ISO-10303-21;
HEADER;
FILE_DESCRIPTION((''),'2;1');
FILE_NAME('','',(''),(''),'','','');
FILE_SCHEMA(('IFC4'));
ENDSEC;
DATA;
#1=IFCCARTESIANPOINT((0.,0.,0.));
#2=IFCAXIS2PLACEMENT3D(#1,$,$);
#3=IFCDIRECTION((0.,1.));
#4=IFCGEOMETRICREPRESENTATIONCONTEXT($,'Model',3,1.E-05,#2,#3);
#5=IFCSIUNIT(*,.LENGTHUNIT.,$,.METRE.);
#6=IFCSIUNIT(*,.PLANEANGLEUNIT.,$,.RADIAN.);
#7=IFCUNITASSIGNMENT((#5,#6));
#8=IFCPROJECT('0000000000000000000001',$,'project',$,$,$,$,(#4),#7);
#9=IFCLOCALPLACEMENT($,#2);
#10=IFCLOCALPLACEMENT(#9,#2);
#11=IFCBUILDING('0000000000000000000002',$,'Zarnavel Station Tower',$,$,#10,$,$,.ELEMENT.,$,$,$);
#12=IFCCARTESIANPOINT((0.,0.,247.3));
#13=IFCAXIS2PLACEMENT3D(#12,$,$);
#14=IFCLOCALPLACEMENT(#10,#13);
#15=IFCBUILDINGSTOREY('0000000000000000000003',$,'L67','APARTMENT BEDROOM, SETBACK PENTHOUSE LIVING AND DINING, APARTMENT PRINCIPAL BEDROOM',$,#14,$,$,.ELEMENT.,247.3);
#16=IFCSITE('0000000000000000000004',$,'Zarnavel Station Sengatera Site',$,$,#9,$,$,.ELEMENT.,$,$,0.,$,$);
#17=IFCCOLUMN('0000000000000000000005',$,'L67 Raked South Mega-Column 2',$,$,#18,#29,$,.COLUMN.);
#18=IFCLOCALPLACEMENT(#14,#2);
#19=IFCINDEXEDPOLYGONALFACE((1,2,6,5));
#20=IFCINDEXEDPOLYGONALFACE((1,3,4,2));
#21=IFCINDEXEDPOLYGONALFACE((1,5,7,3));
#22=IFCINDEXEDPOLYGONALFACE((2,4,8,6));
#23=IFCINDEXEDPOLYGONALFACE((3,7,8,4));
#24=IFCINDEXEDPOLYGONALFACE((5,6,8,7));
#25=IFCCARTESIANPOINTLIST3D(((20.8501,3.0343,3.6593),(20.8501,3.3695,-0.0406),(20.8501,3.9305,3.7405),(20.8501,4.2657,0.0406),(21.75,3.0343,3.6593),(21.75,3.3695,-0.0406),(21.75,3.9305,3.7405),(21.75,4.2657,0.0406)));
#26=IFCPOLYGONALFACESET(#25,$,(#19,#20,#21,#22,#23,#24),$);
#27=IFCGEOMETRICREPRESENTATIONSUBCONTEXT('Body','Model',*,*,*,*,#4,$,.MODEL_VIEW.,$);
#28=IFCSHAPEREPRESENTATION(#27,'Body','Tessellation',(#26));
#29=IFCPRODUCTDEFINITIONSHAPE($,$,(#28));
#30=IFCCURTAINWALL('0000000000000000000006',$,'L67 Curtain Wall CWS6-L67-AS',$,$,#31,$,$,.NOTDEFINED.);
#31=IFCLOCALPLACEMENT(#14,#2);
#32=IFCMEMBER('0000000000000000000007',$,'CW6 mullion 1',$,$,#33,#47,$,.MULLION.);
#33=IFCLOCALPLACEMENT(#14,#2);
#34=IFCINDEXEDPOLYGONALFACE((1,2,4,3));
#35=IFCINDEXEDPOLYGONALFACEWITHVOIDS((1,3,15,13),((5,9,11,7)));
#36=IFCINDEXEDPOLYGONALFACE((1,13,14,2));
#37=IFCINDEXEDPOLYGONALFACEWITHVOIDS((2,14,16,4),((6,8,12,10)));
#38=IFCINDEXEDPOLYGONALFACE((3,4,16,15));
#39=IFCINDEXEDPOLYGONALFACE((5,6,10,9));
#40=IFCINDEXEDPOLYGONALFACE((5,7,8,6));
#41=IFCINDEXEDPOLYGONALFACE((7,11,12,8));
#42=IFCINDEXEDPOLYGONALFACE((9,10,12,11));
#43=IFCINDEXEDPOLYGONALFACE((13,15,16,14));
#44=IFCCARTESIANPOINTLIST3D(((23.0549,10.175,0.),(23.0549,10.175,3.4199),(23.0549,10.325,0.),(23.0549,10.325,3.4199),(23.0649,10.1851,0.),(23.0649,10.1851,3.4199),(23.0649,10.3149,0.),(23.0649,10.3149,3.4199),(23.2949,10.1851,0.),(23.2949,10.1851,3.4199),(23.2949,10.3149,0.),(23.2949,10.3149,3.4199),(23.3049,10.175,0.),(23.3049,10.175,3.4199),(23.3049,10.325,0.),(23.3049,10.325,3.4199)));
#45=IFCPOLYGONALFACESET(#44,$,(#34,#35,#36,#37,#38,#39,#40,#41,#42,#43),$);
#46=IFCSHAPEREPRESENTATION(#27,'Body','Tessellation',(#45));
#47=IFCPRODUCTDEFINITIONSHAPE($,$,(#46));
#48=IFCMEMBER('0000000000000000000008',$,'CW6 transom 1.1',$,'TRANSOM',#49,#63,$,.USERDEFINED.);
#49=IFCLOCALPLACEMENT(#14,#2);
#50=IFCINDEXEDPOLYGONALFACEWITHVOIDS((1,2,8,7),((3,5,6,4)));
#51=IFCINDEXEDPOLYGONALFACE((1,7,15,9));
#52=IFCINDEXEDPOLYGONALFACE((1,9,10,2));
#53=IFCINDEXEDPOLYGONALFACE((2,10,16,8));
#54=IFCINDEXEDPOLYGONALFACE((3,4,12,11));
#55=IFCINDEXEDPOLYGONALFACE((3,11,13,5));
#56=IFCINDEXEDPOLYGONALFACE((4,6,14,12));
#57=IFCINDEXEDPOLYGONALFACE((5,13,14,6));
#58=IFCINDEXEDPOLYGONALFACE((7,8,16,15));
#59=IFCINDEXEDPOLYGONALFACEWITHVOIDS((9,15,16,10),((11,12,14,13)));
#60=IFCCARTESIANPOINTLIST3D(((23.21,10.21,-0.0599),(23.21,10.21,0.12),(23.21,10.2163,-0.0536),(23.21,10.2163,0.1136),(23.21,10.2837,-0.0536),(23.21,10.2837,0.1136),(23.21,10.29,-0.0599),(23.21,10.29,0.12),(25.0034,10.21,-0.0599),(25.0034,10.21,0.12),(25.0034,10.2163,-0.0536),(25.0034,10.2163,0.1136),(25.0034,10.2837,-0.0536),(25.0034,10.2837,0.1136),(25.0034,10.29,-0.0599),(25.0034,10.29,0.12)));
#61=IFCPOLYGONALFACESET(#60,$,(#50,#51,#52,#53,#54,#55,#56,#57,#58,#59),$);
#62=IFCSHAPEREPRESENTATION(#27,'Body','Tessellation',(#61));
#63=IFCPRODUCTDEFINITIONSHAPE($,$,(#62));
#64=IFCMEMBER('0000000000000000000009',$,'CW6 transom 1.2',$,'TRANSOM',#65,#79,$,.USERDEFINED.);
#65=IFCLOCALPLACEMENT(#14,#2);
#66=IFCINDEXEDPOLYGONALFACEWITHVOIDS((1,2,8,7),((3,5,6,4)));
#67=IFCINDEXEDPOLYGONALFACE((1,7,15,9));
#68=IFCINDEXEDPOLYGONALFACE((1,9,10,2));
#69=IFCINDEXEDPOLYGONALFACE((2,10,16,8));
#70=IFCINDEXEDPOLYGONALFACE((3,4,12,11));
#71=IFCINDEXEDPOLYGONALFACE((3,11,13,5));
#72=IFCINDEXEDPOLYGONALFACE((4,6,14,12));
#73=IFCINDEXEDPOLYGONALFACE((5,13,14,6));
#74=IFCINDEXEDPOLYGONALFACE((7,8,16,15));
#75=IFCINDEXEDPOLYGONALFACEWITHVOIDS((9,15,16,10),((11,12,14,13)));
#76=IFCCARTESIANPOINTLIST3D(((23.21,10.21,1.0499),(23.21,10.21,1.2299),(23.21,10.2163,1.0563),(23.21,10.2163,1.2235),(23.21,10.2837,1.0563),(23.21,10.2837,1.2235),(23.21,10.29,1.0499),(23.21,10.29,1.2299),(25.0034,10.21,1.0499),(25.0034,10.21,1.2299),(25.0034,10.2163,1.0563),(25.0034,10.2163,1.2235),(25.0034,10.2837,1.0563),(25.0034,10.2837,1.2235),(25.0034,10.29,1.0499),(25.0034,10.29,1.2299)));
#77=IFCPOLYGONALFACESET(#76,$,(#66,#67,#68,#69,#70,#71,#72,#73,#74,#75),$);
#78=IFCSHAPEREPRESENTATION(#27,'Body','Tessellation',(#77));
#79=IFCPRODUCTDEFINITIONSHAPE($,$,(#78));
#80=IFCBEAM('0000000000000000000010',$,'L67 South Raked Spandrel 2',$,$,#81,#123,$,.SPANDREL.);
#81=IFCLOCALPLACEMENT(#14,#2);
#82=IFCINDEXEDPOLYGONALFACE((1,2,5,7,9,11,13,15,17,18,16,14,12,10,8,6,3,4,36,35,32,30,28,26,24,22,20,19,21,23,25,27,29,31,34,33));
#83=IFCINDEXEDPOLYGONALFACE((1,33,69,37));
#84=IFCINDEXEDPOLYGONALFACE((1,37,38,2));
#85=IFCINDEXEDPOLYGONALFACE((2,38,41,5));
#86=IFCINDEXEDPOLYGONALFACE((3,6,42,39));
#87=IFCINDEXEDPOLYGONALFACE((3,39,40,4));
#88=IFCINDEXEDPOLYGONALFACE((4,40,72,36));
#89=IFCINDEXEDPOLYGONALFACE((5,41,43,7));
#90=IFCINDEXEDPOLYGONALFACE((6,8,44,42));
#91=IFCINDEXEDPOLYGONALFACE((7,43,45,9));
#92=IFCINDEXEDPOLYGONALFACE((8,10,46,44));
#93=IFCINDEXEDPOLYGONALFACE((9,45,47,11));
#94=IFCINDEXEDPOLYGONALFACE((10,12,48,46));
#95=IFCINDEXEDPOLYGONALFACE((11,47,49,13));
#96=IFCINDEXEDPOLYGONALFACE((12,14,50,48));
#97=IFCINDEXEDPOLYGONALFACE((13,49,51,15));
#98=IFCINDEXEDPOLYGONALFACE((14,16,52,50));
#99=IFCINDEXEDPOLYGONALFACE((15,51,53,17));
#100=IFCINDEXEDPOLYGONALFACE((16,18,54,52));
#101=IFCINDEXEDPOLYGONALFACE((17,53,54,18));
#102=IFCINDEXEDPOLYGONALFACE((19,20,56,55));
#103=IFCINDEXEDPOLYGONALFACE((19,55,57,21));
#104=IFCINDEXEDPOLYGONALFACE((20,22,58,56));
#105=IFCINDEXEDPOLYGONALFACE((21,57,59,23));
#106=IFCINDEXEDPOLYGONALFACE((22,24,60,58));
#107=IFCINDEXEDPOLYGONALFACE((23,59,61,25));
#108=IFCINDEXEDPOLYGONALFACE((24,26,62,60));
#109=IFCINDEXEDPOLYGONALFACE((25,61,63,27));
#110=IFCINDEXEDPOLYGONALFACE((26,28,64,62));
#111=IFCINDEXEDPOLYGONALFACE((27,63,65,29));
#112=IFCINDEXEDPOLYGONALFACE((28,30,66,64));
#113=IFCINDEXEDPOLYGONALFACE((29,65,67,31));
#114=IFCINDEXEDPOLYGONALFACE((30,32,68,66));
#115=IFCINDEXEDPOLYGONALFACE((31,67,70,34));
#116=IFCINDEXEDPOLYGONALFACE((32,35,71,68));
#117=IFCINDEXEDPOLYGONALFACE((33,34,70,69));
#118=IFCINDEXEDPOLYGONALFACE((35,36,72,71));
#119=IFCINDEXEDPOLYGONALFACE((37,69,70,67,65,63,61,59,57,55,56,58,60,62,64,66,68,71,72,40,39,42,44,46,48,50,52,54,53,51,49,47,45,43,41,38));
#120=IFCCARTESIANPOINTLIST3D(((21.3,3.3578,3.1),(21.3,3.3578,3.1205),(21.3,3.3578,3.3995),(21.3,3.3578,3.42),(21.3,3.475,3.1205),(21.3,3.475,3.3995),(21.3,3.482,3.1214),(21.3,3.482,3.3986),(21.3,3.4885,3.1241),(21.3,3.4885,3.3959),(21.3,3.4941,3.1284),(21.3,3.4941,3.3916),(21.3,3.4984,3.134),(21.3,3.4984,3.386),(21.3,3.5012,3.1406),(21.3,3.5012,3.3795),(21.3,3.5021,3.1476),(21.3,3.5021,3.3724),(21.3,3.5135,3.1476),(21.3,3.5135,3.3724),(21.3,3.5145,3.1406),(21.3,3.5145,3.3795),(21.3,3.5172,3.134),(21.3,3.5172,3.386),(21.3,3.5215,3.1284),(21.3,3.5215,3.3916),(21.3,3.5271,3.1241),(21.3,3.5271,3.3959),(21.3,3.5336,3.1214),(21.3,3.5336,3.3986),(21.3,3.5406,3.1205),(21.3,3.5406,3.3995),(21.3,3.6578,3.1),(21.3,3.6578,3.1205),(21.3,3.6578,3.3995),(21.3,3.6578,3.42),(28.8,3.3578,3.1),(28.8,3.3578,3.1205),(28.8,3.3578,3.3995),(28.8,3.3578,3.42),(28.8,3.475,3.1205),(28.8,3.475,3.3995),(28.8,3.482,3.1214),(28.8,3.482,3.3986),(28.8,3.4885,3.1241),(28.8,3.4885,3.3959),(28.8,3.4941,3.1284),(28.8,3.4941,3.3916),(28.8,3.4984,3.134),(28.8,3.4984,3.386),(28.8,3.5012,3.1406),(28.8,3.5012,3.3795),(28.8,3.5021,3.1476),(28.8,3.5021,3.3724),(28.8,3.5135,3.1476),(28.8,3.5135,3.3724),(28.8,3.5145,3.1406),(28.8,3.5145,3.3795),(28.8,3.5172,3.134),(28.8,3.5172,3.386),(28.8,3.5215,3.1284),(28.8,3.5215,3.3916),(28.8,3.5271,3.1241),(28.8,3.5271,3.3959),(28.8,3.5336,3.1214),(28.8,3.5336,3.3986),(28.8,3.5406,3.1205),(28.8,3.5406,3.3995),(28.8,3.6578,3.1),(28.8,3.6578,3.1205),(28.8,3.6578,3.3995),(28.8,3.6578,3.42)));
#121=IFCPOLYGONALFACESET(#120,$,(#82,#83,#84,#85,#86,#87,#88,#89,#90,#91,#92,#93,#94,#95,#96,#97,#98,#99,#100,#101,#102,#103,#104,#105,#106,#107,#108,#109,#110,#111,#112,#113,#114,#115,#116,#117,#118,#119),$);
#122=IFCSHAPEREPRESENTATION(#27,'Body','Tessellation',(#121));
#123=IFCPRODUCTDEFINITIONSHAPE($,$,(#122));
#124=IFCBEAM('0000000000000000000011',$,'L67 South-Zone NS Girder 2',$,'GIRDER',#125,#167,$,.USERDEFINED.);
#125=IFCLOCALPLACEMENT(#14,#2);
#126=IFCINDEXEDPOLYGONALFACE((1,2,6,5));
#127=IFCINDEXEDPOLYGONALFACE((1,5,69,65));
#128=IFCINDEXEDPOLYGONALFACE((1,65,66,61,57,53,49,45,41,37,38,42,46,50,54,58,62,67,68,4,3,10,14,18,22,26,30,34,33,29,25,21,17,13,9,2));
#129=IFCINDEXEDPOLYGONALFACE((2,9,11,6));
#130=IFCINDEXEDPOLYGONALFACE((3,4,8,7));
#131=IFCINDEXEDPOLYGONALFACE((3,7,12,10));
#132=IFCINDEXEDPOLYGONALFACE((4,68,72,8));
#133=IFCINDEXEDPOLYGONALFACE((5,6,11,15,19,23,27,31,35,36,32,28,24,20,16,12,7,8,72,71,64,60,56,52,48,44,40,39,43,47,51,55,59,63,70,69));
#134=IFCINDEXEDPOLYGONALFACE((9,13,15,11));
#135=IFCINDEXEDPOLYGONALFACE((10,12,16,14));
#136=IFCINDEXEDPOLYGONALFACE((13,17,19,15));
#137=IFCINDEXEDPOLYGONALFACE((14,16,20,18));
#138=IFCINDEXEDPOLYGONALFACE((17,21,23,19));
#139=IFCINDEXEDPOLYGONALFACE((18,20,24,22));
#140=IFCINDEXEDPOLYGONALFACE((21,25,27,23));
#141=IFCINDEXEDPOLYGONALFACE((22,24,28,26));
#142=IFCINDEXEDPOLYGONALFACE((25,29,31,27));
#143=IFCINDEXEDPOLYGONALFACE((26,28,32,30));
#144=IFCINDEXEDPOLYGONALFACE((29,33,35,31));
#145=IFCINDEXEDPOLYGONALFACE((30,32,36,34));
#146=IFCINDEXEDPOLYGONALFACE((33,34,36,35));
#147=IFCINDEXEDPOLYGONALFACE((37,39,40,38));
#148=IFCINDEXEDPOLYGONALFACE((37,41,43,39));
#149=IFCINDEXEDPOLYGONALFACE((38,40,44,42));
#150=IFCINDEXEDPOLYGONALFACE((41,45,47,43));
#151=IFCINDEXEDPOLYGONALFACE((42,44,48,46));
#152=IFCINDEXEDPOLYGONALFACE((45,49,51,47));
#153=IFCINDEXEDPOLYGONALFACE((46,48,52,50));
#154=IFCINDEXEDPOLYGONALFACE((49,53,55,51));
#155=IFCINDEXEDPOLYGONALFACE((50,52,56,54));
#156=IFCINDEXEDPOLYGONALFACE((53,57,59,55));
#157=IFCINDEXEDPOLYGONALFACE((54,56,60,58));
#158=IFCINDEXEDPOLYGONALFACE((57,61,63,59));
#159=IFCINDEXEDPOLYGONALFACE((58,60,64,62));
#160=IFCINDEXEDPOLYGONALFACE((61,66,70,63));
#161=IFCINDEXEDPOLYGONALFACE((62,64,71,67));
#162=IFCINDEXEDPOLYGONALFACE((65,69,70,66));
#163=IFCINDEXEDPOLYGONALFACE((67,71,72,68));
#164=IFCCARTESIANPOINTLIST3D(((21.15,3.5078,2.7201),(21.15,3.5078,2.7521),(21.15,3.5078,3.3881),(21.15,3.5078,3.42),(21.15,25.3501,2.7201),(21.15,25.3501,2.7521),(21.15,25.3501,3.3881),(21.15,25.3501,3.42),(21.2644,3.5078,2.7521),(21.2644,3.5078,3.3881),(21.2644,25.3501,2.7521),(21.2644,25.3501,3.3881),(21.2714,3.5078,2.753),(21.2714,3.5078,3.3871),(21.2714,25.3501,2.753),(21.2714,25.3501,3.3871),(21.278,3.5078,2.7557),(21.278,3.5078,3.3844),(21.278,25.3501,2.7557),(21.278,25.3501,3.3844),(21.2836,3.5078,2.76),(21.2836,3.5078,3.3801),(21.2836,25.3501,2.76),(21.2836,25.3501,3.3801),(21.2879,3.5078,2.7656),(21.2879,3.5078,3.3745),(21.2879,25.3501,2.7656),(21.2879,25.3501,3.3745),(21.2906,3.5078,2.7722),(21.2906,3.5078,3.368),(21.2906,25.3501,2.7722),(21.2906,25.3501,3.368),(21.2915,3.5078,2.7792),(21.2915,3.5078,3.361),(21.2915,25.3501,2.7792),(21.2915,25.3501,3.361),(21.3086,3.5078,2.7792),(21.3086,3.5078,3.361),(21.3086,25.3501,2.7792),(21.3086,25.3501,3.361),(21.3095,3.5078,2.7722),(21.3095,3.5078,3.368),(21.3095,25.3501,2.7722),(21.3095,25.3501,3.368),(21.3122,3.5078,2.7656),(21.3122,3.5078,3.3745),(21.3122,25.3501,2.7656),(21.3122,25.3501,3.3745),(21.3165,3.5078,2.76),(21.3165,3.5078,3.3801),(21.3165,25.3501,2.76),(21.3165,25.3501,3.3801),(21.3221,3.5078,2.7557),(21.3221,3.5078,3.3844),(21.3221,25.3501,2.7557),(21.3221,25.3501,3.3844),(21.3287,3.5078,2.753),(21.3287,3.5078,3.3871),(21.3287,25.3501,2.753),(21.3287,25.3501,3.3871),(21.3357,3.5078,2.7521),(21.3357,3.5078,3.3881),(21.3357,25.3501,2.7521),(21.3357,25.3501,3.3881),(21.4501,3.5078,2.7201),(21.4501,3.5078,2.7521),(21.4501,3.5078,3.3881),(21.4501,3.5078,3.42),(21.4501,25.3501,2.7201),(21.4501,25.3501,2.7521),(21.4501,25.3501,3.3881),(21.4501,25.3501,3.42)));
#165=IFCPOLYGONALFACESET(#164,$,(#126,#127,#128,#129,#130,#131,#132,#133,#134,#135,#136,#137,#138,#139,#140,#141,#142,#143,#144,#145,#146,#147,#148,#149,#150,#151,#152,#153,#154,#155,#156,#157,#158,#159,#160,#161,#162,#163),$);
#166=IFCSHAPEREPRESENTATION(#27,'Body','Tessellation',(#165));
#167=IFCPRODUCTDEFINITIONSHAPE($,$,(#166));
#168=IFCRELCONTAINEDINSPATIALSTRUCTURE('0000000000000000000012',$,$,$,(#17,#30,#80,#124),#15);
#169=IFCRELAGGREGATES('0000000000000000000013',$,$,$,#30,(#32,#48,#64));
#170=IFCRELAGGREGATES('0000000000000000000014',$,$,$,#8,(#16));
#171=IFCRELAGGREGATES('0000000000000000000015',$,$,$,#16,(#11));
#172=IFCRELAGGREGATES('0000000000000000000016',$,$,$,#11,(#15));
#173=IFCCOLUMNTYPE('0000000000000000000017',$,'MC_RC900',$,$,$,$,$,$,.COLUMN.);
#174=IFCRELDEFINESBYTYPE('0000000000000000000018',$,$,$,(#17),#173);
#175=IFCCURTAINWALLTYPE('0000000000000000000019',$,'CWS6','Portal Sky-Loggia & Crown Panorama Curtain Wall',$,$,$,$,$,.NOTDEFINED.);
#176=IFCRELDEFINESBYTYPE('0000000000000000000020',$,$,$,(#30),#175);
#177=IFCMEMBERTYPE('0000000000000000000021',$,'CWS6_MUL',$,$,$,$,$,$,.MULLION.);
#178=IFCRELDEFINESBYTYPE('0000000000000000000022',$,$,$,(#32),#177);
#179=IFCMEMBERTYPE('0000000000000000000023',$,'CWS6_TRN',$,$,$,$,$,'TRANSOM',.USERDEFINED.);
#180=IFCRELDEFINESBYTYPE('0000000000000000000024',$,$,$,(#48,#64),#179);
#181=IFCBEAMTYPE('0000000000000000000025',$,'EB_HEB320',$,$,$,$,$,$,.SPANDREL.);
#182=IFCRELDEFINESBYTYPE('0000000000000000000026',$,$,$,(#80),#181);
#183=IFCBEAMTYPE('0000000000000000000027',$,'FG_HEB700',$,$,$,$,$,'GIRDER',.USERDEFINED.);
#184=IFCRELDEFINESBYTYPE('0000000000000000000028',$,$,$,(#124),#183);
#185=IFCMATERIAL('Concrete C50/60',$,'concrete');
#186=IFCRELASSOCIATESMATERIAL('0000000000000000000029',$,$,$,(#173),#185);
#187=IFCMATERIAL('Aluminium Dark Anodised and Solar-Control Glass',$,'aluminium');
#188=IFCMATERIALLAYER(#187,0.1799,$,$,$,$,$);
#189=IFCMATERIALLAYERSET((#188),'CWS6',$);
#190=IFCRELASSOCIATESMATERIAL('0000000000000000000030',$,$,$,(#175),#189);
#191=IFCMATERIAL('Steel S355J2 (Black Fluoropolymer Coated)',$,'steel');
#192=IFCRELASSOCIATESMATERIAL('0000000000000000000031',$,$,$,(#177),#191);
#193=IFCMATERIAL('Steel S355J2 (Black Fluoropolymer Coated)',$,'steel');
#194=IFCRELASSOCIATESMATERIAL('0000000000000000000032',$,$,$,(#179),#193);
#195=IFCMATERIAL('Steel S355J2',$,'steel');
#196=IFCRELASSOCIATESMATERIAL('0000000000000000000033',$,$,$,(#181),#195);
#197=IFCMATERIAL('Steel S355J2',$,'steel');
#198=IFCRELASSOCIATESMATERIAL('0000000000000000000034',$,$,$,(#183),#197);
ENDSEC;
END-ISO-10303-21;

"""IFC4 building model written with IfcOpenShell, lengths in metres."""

from ifc_helpers import new_model, si_unit, direction, frame, origin, origin_2d, place, context, subcontext, project, spatial, rectangle, hollow_rectangle, i_section, extrude, material, layer, layer_set, material_profile, profile_set, type_object, element, aggregate, save


model = new_model("IFC4")

# Units and contexts
model_context = context("Model", 3, precision=1e-05, world=origin(), true_north=direction((0.0, 1.0)))
body_context = subcontext(model_context, "Body", "Model", "MODEL_VIEW")
ifc_project = project(units=[si_unit("LENGTHUNIT", "METRE"), si_unit("PLANEANGLEUNIT", "RADIAN")], contexts=[model_context])

# Site, building, storey
site_placement = place(None, origin())
site = spatial("IfcSite", under=ifc_project, at=site_placement, Name="Zarnavel Station Sengatera Site", CompositionType="ELEMENT", RefElevation=0.0)
building_placement = place(site_placement, origin())
building = spatial("IfcBuilding", under=site, at=building_placement, Name="Zarnavel Station Tower", CompositionType="ELEMENT")
storey_placement = place(building_placement, frame((0.0, 0.0, 247.3)))
storey = spatial("IfcBuildingStorey", under=building, at=storey_placement, Name="L67", Description="APARTMENT BEDROOM, SETBACK PENTHOUSE LIVING AND DINING, APARTMENT PRINCIPAL BEDROOM", CompositionType="ELEMENT", Elevation=247.3)

# Column
ifc_material_1 = material(Name="Concrete C50/60", Category="concrete")
ifc_material_profile_1 = material_profile(ifc_material_1, rectangle(XDim=0.8999, YDim=0.8999, at=origin_2d()), Name="RC900x900")
ifc_profile_set_1 = profile_set([ifc_material_profile_1], Name="Concrete C50/60")
column_type = type_object("IfcColumnType", Name="MC_RC900", PredefinedType="COLUMN", material=ifc_profile_set_1)
column_placement = place(storey_placement, frame((21.3, 3.8176, 0.0), z_axis=(0.0, -0.090228, 0.995921), x_axis=(1.0, 0.0, 0.0)))
element("IfcColumn", 1, at=column_placement, inside=storey, type_object=column_type, Name="L67 Raked South Mega-Column 2", PredefinedType="COLUMN", context=body_context, shape_type="SweptSolid", body=[
    extrude(rectangle(XDim=0.8999, YDim=0.8999, at=origin_2d()), origin(), (0.0, 0.0, 1.0), 3.7151),
])

# Curtain wall, members
ifc_material_2 = material(Name="Aluminium Dark Anodised and Solar-Control Glass", Category="aluminium")
ifc_layer_1 = layer(ifc_material_2, 0.1799)
ifc_layer_set_1 = layer_set([ifc_layer_1], Name="CWS6")
curtain_wall_type = type_object("IfcCurtainWallType", Name="CWS6", Description="Portal Sky-Loggia & Crown Panorama Curtain Wall", PredefinedType="NOTDEFINED", material=ifc_layer_set_1)
curtain_wall_placement = place(storey_placement, origin())
curtain_wall = element("IfcCurtainWall", 2, at=curtain_wall_placement, inside=storey, type_object=curtain_wall_type, Name="L67 Curtain Wall CWS6-L67-AS", PredefinedType="NOTDEFINED")
ifc_material_3 = material(Name="Steel S355J2 (Black Fluoropolymer Coated)", Category="steel")
ifc_material_profile_2 = material_profile(ifc_material_3, hollow_rectangle(XDim=0.1499, YDim=0.25, WallThickness=0.01, at=origin_2d()), Name="RHS250x150x10")
ifc_profile_set_2 = profile_set([ifc_material_profile_2], Name="Steel S355J2 (Black Fluoropolymer Coated)")
member_type_1 = type_object("IfcMemberType", Name="CWS6_MUL", PredefinedType="MULLION", material=ifc_profile_set_2)
member_1_placement = place(storey_placement, frame((23.1799, 10.25, 0.0), z_axis=(0.0, 0.0, 1.0), x_axis=(0.0, 1.0, 0.0)))
member_1 = element("IfcMember", 3, at=member_1_placement, type_object=member_type_1, Name="CW6 mullion 1", PredefinedType="MULLION", context=body_context, shape_type="SweptSolid", body=[
    extrude(hollow_rectangle(XDim=0.1499, YDim=0.25, WallThickness=0.01, at=origin_2d()), origin(), (0.0, 0.0, 1.0), 3.4199),
])
ifc_material_4 = material(Name="Steel S355J2 (Black Fluoropolymer Coated)", Category="steel")
ifc_material_profile_3 = material_profile(ifc_material_4, hollow_rectangle(XDim=0.0801, YDim=0.1799, WallThickness=0.0063, at=origin_2d()), Name="RHS180x80x6.3")
ifc_profile_set_3 = profile_set([ifc_material_profile_3], Name="Steel S355J2 (Black Fluoropolymer Coated)")
member_type_2 = type_object("IfcMemberType", Name="CWS6_TRN", ElementType="TRANSOM", PredefinedType="USERDEFINED", material=ifc_profile_set_3)
member_2_placement = place(storey_placement, frame((23.21, 10.25, 0.03), z_axis=(1.0, 0.0, 0.0), x_axis=(0.0, 1.0, 0.0)))
member_2 = element("IfcMember", 4, at=member_2_placement, type_object=member_type_2, Name="CW6 transom 1.1", ObjectType="TRANSOM", PredefinedType="USERDEFINED", context=body_context, shape_type="SweptSolid", body=[
    extrude(hollow_rectangle(XDim=0.0801, YDim=0.1799, WallThickness=0.0063, at=origin_2d()), origin(), (0.0, 0.0, 1.0), 1.7935),
])
member_3_placement = place(storey_placement, frame((23.21, 10.25, 1.1399), z_axis=(1.0, 0.0, 0.0), x_axis=(0.0, 1.0, 0.0)))
member_3 = element("IfcMember", 5, at=member_3_placement, type_object=member_type_2, Name="CW6 transom 1.2", ObjectType="TRANSOM", PredefinedType="USERDEFINED", context=body_context, shape_type="SweptSolid", body=[
    extrude(hollow_rectangle(XDim=0.0801, YDim=0.1799, WallThickness=0.0063, at=origin_2d()), origin(), (0.0, 0.0, 1.0), 1.7935),
])
aggregate(curtain_wall, [member_1, member_2, member_3])

# Beams
ifc_material_5 = material(Name="Steel S355J2", Category="steel")
ifc_material_profile_4 = material_profile(ifc_material_5, i_section(OverallWidth=0.3, OverallDepth=0.3201, WebThickness=0.0115, FlangeThickness=0.0205, FilletRadius=0.0271, at=origin_2d()), Name="HEB320")
ifc_profile_set_4 = profile_set([ifc_material_profile_4], Name="Steel S355J2")
beam_type_1 = type_object("IfcBeamType", Name="EB_HEB320", PredefinedType="SPANDREL", material=ifc_profile_set_4)
beam_1_placement = place(storey_placement, frame((21.3, 3.5078, 3.26), z_axis=(1.0, 0.0, 0.0), x_axis=(0.0, 1.0, 0.0)))
element("IfcBeam", 6, at=beam_1_placement, inside=storey, type_object=beam_type_1, Name="L67 South Raked Spandrel 2", PredefinedType="SPANDREL", context=body_context, shape_type="SweptSolid", body=[
    extrude(i_section(OverallWidth=0.3, OverallDepth=0.3201, WebThickness=0.0115, FlangeThickness=0.0205, FilletRadius=0.0271, at=origin_2d()), origin(), (0.0, 0.0, 1.0), 7.5),
])
ifc_material_6 = material(Name="Steel S355J2", Category="steel")
ifc_material_profile_5 = material_profile(ifc_material_6, i_section(OverallWidth=0.3, OverallDepth=0.7, WebThickness=0.0171, FlangeThickness=0.032, FilletRadius=0.0271, at=origin_2d()), Name="HEB700")
ifc_profile_set_5 = profile_set([ifc_material_profile_5], Name="Steel S355J2")
beam_type_2 = type_object("IfcBeamType", Name="FG_HEB700", ElementType="GIRDER", PredefinedType="USERDEFINED", material=ifc_profile_set_5)
beam_2_placement = place(storey_placement, frame((21.3, 3.5078, 3.0701), z_axis=(0.0, 1.0, 0.0), x_axis=(-1.0, 0.0, 0.0)))
element("IfcBeam", 7, at=beam_2_placement, inside=storey, type_object=beam_type_2, Name="L67 South-Zone NS Girder 2", ObjectType="GIRDER", PredefinedType="USERDEFINED", context=body_context, shape_type="SweptSolid", body=[
    extrude(i_section(OverallWidth=0.3, OverallDepth=0.7, WebThickness=0.0171, FlangeThickness=0.032, FilletRadius=0.0271, at=origin_2d()), origin(), (0.0, 0.0, 1.0), 21.8423),
])

save(model, "model.ifc")
